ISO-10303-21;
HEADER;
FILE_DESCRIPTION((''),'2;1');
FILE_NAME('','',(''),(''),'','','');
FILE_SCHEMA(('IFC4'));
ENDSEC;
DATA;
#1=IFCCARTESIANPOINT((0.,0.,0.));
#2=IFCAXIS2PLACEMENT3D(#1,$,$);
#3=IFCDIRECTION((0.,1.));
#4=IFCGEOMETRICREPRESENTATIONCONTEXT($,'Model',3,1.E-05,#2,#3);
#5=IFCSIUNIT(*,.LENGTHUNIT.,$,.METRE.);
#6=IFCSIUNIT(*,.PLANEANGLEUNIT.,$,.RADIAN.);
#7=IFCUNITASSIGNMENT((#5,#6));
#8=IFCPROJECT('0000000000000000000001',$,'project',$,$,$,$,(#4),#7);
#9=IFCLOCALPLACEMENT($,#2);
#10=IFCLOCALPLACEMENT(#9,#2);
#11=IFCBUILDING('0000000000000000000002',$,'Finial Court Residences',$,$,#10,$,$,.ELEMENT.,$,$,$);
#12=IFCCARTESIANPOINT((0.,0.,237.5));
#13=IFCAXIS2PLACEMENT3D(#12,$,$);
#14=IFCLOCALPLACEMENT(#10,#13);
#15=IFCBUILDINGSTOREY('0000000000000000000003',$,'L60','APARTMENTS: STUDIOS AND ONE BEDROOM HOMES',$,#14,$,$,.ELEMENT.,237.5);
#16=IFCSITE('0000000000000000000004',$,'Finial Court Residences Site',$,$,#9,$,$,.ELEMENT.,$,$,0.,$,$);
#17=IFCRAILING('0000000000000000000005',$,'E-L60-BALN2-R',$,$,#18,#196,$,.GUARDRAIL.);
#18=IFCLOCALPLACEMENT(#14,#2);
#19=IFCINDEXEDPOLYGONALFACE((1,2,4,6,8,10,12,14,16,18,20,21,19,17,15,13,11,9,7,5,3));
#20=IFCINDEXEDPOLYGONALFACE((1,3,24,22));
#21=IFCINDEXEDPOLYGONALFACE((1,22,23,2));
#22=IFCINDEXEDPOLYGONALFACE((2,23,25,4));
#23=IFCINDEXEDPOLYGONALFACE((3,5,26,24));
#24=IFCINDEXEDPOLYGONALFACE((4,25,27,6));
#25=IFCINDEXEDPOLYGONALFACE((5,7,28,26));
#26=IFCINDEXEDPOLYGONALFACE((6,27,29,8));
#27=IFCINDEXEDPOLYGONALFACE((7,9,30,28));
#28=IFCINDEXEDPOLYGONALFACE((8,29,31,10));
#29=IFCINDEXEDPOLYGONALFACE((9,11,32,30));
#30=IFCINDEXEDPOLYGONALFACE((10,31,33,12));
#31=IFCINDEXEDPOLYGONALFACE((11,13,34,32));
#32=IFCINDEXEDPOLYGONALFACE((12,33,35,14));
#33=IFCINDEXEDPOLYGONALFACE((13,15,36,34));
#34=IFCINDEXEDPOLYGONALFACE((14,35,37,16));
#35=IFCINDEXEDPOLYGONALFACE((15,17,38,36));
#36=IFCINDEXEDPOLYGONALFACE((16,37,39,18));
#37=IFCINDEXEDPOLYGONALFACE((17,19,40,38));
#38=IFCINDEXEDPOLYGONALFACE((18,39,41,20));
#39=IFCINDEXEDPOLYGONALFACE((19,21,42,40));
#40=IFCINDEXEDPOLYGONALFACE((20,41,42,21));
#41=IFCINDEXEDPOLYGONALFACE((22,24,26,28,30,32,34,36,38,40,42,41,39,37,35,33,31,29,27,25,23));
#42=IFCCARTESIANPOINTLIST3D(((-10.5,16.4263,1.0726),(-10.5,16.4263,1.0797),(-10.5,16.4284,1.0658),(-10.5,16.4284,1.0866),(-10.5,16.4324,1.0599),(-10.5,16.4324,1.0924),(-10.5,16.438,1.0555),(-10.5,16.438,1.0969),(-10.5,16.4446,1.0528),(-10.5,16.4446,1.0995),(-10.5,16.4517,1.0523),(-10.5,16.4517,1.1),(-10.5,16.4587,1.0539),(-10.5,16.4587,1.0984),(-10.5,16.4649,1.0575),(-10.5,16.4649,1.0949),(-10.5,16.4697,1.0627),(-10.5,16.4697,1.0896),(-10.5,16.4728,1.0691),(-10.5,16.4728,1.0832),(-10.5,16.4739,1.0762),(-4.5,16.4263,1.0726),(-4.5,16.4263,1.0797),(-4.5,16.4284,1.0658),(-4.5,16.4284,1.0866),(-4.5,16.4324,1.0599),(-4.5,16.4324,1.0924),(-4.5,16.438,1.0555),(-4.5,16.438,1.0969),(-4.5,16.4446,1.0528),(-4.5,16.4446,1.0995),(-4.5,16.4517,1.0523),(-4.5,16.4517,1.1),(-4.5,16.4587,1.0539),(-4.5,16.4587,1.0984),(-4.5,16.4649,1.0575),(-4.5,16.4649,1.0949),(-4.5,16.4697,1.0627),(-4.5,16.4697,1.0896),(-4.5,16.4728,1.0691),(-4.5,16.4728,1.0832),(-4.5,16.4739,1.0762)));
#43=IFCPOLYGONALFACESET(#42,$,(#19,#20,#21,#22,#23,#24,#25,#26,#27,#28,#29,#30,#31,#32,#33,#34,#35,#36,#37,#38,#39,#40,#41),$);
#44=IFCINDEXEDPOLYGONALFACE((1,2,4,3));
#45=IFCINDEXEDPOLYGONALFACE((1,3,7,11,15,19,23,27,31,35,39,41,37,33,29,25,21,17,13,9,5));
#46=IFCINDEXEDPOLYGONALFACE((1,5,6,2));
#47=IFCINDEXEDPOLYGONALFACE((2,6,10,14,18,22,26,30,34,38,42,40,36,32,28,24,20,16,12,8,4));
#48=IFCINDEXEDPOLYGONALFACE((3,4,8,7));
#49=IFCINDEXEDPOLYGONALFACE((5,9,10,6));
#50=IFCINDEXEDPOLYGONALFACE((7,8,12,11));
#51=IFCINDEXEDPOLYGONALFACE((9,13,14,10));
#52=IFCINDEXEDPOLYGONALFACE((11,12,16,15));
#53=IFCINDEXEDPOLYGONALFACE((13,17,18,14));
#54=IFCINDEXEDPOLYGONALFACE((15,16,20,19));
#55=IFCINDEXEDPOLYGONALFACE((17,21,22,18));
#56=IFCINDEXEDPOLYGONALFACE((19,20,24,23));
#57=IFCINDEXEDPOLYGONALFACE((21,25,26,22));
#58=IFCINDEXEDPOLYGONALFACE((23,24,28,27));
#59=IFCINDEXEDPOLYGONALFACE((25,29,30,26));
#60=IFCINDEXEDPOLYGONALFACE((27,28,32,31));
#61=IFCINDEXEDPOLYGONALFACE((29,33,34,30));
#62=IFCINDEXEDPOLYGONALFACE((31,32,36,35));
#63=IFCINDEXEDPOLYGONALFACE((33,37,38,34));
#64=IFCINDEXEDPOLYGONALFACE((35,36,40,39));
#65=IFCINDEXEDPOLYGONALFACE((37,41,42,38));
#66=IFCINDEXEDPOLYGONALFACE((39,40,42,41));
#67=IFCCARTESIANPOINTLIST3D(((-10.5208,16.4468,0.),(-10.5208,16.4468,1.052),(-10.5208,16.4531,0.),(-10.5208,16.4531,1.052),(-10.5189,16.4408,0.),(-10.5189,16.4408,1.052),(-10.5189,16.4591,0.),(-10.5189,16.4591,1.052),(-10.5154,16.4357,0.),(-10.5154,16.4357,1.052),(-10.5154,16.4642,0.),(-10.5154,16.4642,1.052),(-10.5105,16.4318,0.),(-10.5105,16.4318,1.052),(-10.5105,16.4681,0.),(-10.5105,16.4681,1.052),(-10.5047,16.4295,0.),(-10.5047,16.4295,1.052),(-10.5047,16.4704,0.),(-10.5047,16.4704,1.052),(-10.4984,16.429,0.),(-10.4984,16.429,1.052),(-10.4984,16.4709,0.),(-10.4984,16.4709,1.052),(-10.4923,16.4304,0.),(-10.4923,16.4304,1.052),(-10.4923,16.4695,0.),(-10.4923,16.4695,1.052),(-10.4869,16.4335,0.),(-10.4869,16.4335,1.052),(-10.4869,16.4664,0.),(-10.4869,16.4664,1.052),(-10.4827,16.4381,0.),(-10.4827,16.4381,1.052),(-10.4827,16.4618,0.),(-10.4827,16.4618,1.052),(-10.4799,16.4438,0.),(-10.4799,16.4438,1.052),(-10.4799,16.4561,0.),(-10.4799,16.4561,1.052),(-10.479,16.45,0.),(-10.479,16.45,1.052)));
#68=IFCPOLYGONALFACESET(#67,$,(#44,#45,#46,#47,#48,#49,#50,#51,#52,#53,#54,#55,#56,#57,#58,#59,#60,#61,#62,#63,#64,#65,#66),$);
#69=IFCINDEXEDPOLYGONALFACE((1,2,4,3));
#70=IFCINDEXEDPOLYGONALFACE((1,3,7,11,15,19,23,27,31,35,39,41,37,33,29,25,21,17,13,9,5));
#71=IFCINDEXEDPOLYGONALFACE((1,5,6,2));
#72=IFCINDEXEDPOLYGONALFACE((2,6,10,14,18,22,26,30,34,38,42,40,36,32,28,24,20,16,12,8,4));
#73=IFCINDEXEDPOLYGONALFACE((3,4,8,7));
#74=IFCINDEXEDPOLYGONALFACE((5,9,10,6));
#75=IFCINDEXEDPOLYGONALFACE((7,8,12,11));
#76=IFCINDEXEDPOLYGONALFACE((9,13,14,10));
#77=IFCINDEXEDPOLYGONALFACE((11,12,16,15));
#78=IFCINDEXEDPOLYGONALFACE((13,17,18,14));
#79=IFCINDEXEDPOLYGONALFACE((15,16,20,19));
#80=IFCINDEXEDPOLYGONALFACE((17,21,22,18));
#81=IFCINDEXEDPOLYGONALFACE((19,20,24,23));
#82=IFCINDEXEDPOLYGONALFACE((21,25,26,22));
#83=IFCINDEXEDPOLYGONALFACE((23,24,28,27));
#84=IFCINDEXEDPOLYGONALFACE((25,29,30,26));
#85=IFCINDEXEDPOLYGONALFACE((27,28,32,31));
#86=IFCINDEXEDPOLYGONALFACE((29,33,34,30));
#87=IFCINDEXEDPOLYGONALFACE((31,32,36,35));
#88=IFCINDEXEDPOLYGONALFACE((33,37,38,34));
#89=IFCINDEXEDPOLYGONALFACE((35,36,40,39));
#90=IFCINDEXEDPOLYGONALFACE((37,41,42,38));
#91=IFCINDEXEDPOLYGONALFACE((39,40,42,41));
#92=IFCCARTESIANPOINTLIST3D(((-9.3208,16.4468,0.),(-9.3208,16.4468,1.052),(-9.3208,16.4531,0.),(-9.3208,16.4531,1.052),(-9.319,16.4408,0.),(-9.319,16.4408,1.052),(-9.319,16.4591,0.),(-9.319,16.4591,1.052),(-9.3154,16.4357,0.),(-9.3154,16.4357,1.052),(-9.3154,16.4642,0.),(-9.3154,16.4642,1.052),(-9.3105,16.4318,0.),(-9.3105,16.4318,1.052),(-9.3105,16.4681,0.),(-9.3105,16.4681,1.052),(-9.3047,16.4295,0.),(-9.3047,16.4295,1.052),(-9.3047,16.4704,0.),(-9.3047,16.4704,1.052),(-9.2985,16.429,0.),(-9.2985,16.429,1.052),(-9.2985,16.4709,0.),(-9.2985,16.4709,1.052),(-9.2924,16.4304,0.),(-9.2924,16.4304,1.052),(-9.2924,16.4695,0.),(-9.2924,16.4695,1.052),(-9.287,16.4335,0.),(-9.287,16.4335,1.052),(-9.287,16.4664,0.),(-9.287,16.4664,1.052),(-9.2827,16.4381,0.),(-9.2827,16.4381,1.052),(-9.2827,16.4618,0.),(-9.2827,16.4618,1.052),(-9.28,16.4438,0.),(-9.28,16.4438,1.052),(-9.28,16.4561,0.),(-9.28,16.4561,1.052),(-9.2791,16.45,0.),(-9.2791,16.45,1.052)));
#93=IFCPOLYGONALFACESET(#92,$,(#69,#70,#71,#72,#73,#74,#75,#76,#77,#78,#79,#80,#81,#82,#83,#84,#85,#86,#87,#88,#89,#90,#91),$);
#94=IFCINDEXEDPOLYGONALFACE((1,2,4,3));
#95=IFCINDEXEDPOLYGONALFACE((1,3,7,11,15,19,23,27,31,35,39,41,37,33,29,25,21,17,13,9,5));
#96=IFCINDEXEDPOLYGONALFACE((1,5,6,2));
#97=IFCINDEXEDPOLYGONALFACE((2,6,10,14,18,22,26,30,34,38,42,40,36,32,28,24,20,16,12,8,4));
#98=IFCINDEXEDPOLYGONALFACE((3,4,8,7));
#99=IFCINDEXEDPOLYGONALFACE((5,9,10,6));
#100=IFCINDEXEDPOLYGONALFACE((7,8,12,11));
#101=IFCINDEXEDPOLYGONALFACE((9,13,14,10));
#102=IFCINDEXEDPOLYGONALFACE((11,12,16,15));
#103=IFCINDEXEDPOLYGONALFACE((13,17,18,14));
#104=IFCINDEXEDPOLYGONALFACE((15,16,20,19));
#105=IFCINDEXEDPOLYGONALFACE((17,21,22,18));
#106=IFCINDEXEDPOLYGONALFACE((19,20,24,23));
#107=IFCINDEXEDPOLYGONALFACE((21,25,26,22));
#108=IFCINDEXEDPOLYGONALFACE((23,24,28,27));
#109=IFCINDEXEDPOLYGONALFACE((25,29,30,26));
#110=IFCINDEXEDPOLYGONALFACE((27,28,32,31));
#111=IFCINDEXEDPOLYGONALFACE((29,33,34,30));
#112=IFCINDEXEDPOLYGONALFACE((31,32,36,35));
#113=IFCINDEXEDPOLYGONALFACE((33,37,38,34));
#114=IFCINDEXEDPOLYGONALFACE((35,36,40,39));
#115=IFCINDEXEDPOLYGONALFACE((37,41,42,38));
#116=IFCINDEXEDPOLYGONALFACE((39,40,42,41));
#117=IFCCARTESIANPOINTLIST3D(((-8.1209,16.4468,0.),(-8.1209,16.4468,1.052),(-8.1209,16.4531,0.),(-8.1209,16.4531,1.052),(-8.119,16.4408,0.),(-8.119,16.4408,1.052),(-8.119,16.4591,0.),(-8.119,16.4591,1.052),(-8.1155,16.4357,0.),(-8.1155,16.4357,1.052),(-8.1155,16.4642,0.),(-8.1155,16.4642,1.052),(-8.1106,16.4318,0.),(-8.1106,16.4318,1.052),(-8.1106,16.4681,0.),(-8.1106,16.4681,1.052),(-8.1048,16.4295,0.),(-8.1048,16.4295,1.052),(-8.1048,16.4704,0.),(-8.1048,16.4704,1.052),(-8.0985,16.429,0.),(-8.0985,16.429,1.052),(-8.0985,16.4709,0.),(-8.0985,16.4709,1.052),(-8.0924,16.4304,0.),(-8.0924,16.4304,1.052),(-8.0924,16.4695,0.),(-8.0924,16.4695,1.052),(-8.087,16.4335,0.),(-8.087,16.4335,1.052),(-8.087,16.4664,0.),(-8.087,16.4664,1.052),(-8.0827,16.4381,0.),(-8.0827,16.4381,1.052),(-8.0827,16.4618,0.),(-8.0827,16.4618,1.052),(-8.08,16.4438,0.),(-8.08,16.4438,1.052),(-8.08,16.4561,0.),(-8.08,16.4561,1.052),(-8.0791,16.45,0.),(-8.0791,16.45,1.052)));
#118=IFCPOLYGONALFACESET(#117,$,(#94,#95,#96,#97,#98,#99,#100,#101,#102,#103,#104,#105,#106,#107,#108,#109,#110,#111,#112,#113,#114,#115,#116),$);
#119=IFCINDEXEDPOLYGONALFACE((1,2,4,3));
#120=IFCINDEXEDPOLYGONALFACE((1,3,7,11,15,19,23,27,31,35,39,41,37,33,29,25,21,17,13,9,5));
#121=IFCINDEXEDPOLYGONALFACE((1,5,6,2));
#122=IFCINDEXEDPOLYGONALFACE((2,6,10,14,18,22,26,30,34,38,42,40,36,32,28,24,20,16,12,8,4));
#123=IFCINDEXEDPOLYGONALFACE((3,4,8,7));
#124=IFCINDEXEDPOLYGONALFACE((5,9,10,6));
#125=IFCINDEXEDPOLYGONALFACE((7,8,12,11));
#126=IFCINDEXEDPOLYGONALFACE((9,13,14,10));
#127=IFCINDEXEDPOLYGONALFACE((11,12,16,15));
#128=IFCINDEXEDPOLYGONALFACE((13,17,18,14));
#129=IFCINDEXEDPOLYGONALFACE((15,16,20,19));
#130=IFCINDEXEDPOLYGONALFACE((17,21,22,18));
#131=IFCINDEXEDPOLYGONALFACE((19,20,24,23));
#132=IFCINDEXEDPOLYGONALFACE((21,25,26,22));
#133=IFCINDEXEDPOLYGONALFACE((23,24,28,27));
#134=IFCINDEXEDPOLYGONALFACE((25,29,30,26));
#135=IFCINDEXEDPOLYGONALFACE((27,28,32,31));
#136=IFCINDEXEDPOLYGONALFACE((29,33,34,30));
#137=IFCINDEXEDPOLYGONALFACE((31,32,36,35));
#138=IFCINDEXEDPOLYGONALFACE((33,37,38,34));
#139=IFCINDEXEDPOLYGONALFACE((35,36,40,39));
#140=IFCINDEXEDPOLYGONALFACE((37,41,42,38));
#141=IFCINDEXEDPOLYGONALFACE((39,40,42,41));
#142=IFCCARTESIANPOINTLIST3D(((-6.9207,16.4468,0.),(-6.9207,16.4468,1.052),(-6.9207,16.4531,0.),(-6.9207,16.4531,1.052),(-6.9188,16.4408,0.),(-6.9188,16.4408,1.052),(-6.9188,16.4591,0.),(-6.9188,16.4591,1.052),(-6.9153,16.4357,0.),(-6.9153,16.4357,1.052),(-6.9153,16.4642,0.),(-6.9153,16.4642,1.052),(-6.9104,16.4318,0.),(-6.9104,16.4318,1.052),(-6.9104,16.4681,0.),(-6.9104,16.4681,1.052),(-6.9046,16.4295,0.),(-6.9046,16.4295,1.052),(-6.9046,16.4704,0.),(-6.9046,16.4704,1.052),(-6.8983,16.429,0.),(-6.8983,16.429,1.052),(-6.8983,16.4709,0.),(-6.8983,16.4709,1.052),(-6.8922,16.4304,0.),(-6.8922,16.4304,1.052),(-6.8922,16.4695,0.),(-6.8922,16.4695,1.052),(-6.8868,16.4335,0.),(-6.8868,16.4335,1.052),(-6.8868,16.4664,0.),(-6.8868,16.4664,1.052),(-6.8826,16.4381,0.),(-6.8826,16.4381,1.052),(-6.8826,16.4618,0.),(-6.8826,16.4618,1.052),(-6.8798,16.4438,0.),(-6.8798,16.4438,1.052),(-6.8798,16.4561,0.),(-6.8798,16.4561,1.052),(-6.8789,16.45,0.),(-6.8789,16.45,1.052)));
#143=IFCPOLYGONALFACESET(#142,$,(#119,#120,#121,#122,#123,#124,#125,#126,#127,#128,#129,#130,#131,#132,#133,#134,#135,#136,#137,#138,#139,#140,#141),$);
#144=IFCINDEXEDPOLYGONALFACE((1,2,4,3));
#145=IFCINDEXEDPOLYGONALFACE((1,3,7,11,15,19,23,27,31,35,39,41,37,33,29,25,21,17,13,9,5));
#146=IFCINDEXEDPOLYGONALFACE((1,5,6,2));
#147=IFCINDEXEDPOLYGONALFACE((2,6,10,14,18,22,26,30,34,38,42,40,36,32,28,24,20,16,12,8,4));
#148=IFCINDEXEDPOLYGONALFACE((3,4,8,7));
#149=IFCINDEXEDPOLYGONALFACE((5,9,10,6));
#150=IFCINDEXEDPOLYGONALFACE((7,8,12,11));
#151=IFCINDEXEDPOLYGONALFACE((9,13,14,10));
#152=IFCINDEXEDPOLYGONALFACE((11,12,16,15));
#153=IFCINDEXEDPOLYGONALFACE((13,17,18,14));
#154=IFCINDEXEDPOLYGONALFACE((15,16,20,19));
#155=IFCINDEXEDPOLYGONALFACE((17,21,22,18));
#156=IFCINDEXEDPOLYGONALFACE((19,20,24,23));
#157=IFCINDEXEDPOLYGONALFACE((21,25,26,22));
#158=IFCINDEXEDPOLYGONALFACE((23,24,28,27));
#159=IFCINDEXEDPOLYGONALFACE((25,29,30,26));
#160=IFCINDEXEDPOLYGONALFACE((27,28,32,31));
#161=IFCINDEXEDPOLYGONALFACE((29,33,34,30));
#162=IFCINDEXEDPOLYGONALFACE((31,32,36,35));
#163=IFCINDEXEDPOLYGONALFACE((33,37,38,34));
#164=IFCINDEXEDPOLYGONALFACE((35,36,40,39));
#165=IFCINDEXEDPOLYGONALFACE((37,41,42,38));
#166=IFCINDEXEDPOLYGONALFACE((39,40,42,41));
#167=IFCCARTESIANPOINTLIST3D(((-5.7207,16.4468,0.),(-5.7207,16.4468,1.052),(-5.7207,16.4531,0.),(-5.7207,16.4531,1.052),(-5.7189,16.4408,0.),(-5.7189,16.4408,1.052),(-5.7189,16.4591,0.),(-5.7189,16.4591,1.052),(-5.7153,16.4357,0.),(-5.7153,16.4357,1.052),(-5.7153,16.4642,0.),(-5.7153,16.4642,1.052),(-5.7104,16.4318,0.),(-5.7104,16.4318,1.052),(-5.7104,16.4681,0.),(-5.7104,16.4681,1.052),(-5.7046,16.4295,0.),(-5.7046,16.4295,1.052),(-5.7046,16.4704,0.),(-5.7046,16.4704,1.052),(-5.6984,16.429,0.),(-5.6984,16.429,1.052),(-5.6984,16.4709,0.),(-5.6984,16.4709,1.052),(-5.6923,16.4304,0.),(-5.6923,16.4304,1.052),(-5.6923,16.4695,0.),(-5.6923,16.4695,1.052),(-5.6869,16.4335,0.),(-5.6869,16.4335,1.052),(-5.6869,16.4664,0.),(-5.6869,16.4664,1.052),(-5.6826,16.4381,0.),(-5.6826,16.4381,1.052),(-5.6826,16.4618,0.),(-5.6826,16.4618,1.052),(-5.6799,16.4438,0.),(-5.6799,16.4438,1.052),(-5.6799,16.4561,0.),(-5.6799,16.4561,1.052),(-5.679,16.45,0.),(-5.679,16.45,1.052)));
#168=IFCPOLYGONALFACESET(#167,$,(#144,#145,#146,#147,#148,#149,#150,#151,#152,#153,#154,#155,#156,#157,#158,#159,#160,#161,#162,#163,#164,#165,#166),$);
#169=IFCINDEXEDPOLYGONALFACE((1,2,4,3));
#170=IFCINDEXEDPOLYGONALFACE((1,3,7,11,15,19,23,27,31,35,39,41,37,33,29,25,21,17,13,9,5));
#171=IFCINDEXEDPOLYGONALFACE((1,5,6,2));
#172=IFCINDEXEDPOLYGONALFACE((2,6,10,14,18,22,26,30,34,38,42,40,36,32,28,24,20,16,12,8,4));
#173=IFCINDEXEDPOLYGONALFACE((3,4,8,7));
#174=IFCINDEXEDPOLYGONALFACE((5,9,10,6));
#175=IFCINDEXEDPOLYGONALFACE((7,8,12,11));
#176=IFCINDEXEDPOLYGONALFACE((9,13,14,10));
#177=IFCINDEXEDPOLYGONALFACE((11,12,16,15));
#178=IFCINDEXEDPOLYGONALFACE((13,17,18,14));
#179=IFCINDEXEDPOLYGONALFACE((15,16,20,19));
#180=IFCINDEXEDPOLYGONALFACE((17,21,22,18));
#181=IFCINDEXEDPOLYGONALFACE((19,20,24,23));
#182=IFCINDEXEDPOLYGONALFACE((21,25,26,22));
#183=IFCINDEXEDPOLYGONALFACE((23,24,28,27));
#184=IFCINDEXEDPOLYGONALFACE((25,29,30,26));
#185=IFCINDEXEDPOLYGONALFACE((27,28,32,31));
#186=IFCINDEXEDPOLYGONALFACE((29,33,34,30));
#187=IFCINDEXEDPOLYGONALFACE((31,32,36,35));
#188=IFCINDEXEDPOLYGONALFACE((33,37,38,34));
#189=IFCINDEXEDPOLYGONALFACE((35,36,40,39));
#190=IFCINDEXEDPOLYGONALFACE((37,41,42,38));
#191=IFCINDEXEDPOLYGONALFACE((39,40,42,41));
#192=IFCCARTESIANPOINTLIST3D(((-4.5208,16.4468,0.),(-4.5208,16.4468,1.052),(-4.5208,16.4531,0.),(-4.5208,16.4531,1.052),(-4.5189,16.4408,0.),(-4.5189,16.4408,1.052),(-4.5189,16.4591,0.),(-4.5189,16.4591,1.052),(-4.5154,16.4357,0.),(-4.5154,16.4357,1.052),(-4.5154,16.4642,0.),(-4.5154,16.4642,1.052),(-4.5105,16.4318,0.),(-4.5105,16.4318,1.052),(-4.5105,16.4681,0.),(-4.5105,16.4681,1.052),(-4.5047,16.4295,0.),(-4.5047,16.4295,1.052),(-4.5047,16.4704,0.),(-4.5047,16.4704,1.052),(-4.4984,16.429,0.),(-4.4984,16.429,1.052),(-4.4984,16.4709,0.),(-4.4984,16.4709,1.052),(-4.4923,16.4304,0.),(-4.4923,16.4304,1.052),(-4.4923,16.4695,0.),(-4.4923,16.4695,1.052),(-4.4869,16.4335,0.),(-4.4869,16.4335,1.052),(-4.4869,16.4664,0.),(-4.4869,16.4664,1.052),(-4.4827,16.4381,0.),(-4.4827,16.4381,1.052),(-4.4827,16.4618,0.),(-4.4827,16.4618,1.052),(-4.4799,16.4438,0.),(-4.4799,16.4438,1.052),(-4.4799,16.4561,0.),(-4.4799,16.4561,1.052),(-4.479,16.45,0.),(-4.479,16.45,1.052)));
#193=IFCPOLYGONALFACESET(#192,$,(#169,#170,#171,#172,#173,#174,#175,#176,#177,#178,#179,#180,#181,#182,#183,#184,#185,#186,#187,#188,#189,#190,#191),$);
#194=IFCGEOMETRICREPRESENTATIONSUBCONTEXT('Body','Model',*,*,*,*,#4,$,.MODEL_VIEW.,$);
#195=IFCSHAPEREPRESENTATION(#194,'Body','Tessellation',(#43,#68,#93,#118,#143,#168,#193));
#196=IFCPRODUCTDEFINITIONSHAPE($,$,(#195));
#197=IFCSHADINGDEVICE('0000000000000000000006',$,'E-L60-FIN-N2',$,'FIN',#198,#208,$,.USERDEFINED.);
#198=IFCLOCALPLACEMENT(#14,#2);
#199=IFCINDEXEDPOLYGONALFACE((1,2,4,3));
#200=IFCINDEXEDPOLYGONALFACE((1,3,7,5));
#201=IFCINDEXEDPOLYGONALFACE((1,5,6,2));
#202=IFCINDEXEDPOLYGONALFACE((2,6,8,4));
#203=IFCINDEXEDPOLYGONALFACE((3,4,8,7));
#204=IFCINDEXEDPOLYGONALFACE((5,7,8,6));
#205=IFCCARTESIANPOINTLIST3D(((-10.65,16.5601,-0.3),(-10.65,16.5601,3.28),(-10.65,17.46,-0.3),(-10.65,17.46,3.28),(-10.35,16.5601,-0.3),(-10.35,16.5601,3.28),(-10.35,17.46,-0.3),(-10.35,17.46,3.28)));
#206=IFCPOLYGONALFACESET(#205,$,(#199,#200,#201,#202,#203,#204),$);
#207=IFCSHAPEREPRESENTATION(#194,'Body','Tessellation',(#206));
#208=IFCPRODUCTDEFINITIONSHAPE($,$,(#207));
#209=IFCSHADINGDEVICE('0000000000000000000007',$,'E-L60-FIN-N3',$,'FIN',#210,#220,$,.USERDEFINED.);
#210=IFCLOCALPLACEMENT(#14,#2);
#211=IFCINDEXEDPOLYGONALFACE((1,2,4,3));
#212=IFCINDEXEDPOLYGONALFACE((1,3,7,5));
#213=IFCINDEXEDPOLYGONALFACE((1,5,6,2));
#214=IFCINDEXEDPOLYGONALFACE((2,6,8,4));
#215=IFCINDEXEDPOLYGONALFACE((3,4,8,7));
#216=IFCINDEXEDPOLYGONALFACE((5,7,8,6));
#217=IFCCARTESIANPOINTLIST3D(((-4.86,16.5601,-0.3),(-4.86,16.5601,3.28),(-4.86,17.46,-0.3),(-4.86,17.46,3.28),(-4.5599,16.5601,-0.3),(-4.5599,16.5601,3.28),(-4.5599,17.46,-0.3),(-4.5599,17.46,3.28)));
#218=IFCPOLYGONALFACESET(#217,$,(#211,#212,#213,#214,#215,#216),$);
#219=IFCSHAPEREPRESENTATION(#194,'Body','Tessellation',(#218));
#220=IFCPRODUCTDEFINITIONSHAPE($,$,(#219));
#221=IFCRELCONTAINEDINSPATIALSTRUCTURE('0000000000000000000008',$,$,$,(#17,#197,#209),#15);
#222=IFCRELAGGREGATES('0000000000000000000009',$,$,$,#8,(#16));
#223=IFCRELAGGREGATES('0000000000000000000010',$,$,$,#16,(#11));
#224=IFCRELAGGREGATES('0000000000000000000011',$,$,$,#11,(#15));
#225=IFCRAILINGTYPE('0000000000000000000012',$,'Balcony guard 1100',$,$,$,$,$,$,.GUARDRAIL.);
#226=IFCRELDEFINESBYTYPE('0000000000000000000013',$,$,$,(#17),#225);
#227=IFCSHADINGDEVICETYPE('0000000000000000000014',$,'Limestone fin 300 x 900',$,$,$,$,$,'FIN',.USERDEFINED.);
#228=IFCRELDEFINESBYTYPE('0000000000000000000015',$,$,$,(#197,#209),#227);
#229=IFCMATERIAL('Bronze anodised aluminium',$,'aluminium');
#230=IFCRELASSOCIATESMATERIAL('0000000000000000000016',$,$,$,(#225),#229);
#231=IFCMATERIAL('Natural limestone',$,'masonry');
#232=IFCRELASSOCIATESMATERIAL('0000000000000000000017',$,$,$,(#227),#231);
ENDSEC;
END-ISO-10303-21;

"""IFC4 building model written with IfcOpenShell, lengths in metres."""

from ifc_helpers import new_model, si_unit, direction, frame, origin, origin_2d, place, context, subcontext, project, spatial, rectangle, circle, extrude, material, type_object, element, save


model = new_model("IFC4")

# Units and contexts
model_context = context("Model", 3, precision=1e-05, world=origin(), true_north=direction((0.0, 1.0)))
body_context = subcontext(model_context, "Body", "Model", "MODEL_VIEW")
ifc_project = project(units=[si_unit("LENGTHUNIT", "METRE"), si_unit("PLANEANGLEUNIT", "RADIAN")], contexts=[model_context])

# Site, building, storey
site_placement = place(None, origin())
site = spatial("IfcSite", under=ifc_project, at=site_placement, Name="Finial Court Residences Site", CompositionType="ELEMENT", RefElevation=0.0)
building_placement = place(site_placement, origin())
building = spatial("IfcBuilding", under=site, at=building_placement, Name="Finial Court Residences", CompositionType="ELEMENT")
storey_placement = place(building_placement, frame((0.0, 0.0, 237.5)))
storey = spatial("IfcBuildingStorey", under=building, at=storey_placement, Name="L60", Description="APARTMENTS: STUDIOS AND ONE BEDROOM HOMES", CompositionType="ELEMENT", Elevation=237.5)

# Shared definitions
ifc_material_1 = material(Name="Bronze anodised aluminium", Category="aluminium")

# Shared definitions
ifc_material_2 = material(Name="Natural limestone", Category="masonry")

# Railing
railing_type = type_object("IfcRailingType", Name="Balcony guard 1100", PredefinedType="GUARDRAIL", material=ifc_material_1)
railing_placement = place(storey_placement, frame((-10.5, 16.45, 0.0)))
element("IfcRailing", 1, at=railing_placement, inside=storey, type_object=railing_type, Name="E-L60-BALN2-R", PredefinedType="GUARDRAIL", context=body_context, shape_type="SweptSolid", body=[
    extrude(circle(Radius=0.0239, at=origin_2d()), frame((0.0, 0.0, 1.0762), z_axis=(1.0, 0.0, 0.0), x_axis=(0.0, 1.0, 0.0)), (0.0, 0.0, 1.0), 6.0),
    extrude(circle(Radius=0.021, at=origin_2d()), origin(), (0.0, 0.0, 1.0), 1.052),
    extrude(circle(Radius=0.021, at=origin_2d()), frame((1.2, 0.0, 0.0)), (0.0, 0.0, 1.0), 1.052),
    extrude(circle(Radius=0.021, at=origin_2d()), frame((2.3999, 0.0, 0.0)), (0.0, 0.0, 1.0), 1.052),
    extrude(circle(Radius=0.021, at=origin_2d()), frame((3.6001, 0.0, 0.0)), (0.0, 0.0, 1.0), 1.052),
    extrude(circle(Radius=0.021, at=origin_2d()), frame((4.8, 0.0, 0.0)), (0.0, 0.0, 1.0), 1.052),
    extrude(circle(Radius=0.021, at=origin_2d()), frame((6.0, 0.0, 0.0)), (0.0, 0.0, 1.0), 1.052),
])

# Shading devices
shading_device_type = type_object("IfcShadingDeviceType", Name="Limestone fin 300 x 900", ElementType="FIN", PredefinedType="USERDEFINED", material=ifc_material_2)
for number, where, z_axis, x_axis, name in (
    (2, (-10.5, 17.01, -0.3), (0.0, 0.0, 1.0), (1.0, 0.0, 0.0), "E-L60-FIN-N2"),
    (3, (-4.71, 17.01, -0.3), (0.0, 0.0, 1.0), (1.0, 0.0, 0.0), "E-L60-FIN-N3"),
):
    element("IfcShadingDevice", number, at=place(storey_placement, frame(where, z_axis=z_axis, x_axis=x_axis)), inside=storey, type_object=shading_device_type, Name=name, ObjectType="FIN", PredefinedType="USERDEFINED", context=body_context, shape_type="SweptSolid", body=[
        extrude(rectangle(XDim=0.3, YDim=0.8999, at=origin_2d()), origin(), (0.0, 0.0, 1.0), 3.5801),
    ])

save(model, "model.ifc")
